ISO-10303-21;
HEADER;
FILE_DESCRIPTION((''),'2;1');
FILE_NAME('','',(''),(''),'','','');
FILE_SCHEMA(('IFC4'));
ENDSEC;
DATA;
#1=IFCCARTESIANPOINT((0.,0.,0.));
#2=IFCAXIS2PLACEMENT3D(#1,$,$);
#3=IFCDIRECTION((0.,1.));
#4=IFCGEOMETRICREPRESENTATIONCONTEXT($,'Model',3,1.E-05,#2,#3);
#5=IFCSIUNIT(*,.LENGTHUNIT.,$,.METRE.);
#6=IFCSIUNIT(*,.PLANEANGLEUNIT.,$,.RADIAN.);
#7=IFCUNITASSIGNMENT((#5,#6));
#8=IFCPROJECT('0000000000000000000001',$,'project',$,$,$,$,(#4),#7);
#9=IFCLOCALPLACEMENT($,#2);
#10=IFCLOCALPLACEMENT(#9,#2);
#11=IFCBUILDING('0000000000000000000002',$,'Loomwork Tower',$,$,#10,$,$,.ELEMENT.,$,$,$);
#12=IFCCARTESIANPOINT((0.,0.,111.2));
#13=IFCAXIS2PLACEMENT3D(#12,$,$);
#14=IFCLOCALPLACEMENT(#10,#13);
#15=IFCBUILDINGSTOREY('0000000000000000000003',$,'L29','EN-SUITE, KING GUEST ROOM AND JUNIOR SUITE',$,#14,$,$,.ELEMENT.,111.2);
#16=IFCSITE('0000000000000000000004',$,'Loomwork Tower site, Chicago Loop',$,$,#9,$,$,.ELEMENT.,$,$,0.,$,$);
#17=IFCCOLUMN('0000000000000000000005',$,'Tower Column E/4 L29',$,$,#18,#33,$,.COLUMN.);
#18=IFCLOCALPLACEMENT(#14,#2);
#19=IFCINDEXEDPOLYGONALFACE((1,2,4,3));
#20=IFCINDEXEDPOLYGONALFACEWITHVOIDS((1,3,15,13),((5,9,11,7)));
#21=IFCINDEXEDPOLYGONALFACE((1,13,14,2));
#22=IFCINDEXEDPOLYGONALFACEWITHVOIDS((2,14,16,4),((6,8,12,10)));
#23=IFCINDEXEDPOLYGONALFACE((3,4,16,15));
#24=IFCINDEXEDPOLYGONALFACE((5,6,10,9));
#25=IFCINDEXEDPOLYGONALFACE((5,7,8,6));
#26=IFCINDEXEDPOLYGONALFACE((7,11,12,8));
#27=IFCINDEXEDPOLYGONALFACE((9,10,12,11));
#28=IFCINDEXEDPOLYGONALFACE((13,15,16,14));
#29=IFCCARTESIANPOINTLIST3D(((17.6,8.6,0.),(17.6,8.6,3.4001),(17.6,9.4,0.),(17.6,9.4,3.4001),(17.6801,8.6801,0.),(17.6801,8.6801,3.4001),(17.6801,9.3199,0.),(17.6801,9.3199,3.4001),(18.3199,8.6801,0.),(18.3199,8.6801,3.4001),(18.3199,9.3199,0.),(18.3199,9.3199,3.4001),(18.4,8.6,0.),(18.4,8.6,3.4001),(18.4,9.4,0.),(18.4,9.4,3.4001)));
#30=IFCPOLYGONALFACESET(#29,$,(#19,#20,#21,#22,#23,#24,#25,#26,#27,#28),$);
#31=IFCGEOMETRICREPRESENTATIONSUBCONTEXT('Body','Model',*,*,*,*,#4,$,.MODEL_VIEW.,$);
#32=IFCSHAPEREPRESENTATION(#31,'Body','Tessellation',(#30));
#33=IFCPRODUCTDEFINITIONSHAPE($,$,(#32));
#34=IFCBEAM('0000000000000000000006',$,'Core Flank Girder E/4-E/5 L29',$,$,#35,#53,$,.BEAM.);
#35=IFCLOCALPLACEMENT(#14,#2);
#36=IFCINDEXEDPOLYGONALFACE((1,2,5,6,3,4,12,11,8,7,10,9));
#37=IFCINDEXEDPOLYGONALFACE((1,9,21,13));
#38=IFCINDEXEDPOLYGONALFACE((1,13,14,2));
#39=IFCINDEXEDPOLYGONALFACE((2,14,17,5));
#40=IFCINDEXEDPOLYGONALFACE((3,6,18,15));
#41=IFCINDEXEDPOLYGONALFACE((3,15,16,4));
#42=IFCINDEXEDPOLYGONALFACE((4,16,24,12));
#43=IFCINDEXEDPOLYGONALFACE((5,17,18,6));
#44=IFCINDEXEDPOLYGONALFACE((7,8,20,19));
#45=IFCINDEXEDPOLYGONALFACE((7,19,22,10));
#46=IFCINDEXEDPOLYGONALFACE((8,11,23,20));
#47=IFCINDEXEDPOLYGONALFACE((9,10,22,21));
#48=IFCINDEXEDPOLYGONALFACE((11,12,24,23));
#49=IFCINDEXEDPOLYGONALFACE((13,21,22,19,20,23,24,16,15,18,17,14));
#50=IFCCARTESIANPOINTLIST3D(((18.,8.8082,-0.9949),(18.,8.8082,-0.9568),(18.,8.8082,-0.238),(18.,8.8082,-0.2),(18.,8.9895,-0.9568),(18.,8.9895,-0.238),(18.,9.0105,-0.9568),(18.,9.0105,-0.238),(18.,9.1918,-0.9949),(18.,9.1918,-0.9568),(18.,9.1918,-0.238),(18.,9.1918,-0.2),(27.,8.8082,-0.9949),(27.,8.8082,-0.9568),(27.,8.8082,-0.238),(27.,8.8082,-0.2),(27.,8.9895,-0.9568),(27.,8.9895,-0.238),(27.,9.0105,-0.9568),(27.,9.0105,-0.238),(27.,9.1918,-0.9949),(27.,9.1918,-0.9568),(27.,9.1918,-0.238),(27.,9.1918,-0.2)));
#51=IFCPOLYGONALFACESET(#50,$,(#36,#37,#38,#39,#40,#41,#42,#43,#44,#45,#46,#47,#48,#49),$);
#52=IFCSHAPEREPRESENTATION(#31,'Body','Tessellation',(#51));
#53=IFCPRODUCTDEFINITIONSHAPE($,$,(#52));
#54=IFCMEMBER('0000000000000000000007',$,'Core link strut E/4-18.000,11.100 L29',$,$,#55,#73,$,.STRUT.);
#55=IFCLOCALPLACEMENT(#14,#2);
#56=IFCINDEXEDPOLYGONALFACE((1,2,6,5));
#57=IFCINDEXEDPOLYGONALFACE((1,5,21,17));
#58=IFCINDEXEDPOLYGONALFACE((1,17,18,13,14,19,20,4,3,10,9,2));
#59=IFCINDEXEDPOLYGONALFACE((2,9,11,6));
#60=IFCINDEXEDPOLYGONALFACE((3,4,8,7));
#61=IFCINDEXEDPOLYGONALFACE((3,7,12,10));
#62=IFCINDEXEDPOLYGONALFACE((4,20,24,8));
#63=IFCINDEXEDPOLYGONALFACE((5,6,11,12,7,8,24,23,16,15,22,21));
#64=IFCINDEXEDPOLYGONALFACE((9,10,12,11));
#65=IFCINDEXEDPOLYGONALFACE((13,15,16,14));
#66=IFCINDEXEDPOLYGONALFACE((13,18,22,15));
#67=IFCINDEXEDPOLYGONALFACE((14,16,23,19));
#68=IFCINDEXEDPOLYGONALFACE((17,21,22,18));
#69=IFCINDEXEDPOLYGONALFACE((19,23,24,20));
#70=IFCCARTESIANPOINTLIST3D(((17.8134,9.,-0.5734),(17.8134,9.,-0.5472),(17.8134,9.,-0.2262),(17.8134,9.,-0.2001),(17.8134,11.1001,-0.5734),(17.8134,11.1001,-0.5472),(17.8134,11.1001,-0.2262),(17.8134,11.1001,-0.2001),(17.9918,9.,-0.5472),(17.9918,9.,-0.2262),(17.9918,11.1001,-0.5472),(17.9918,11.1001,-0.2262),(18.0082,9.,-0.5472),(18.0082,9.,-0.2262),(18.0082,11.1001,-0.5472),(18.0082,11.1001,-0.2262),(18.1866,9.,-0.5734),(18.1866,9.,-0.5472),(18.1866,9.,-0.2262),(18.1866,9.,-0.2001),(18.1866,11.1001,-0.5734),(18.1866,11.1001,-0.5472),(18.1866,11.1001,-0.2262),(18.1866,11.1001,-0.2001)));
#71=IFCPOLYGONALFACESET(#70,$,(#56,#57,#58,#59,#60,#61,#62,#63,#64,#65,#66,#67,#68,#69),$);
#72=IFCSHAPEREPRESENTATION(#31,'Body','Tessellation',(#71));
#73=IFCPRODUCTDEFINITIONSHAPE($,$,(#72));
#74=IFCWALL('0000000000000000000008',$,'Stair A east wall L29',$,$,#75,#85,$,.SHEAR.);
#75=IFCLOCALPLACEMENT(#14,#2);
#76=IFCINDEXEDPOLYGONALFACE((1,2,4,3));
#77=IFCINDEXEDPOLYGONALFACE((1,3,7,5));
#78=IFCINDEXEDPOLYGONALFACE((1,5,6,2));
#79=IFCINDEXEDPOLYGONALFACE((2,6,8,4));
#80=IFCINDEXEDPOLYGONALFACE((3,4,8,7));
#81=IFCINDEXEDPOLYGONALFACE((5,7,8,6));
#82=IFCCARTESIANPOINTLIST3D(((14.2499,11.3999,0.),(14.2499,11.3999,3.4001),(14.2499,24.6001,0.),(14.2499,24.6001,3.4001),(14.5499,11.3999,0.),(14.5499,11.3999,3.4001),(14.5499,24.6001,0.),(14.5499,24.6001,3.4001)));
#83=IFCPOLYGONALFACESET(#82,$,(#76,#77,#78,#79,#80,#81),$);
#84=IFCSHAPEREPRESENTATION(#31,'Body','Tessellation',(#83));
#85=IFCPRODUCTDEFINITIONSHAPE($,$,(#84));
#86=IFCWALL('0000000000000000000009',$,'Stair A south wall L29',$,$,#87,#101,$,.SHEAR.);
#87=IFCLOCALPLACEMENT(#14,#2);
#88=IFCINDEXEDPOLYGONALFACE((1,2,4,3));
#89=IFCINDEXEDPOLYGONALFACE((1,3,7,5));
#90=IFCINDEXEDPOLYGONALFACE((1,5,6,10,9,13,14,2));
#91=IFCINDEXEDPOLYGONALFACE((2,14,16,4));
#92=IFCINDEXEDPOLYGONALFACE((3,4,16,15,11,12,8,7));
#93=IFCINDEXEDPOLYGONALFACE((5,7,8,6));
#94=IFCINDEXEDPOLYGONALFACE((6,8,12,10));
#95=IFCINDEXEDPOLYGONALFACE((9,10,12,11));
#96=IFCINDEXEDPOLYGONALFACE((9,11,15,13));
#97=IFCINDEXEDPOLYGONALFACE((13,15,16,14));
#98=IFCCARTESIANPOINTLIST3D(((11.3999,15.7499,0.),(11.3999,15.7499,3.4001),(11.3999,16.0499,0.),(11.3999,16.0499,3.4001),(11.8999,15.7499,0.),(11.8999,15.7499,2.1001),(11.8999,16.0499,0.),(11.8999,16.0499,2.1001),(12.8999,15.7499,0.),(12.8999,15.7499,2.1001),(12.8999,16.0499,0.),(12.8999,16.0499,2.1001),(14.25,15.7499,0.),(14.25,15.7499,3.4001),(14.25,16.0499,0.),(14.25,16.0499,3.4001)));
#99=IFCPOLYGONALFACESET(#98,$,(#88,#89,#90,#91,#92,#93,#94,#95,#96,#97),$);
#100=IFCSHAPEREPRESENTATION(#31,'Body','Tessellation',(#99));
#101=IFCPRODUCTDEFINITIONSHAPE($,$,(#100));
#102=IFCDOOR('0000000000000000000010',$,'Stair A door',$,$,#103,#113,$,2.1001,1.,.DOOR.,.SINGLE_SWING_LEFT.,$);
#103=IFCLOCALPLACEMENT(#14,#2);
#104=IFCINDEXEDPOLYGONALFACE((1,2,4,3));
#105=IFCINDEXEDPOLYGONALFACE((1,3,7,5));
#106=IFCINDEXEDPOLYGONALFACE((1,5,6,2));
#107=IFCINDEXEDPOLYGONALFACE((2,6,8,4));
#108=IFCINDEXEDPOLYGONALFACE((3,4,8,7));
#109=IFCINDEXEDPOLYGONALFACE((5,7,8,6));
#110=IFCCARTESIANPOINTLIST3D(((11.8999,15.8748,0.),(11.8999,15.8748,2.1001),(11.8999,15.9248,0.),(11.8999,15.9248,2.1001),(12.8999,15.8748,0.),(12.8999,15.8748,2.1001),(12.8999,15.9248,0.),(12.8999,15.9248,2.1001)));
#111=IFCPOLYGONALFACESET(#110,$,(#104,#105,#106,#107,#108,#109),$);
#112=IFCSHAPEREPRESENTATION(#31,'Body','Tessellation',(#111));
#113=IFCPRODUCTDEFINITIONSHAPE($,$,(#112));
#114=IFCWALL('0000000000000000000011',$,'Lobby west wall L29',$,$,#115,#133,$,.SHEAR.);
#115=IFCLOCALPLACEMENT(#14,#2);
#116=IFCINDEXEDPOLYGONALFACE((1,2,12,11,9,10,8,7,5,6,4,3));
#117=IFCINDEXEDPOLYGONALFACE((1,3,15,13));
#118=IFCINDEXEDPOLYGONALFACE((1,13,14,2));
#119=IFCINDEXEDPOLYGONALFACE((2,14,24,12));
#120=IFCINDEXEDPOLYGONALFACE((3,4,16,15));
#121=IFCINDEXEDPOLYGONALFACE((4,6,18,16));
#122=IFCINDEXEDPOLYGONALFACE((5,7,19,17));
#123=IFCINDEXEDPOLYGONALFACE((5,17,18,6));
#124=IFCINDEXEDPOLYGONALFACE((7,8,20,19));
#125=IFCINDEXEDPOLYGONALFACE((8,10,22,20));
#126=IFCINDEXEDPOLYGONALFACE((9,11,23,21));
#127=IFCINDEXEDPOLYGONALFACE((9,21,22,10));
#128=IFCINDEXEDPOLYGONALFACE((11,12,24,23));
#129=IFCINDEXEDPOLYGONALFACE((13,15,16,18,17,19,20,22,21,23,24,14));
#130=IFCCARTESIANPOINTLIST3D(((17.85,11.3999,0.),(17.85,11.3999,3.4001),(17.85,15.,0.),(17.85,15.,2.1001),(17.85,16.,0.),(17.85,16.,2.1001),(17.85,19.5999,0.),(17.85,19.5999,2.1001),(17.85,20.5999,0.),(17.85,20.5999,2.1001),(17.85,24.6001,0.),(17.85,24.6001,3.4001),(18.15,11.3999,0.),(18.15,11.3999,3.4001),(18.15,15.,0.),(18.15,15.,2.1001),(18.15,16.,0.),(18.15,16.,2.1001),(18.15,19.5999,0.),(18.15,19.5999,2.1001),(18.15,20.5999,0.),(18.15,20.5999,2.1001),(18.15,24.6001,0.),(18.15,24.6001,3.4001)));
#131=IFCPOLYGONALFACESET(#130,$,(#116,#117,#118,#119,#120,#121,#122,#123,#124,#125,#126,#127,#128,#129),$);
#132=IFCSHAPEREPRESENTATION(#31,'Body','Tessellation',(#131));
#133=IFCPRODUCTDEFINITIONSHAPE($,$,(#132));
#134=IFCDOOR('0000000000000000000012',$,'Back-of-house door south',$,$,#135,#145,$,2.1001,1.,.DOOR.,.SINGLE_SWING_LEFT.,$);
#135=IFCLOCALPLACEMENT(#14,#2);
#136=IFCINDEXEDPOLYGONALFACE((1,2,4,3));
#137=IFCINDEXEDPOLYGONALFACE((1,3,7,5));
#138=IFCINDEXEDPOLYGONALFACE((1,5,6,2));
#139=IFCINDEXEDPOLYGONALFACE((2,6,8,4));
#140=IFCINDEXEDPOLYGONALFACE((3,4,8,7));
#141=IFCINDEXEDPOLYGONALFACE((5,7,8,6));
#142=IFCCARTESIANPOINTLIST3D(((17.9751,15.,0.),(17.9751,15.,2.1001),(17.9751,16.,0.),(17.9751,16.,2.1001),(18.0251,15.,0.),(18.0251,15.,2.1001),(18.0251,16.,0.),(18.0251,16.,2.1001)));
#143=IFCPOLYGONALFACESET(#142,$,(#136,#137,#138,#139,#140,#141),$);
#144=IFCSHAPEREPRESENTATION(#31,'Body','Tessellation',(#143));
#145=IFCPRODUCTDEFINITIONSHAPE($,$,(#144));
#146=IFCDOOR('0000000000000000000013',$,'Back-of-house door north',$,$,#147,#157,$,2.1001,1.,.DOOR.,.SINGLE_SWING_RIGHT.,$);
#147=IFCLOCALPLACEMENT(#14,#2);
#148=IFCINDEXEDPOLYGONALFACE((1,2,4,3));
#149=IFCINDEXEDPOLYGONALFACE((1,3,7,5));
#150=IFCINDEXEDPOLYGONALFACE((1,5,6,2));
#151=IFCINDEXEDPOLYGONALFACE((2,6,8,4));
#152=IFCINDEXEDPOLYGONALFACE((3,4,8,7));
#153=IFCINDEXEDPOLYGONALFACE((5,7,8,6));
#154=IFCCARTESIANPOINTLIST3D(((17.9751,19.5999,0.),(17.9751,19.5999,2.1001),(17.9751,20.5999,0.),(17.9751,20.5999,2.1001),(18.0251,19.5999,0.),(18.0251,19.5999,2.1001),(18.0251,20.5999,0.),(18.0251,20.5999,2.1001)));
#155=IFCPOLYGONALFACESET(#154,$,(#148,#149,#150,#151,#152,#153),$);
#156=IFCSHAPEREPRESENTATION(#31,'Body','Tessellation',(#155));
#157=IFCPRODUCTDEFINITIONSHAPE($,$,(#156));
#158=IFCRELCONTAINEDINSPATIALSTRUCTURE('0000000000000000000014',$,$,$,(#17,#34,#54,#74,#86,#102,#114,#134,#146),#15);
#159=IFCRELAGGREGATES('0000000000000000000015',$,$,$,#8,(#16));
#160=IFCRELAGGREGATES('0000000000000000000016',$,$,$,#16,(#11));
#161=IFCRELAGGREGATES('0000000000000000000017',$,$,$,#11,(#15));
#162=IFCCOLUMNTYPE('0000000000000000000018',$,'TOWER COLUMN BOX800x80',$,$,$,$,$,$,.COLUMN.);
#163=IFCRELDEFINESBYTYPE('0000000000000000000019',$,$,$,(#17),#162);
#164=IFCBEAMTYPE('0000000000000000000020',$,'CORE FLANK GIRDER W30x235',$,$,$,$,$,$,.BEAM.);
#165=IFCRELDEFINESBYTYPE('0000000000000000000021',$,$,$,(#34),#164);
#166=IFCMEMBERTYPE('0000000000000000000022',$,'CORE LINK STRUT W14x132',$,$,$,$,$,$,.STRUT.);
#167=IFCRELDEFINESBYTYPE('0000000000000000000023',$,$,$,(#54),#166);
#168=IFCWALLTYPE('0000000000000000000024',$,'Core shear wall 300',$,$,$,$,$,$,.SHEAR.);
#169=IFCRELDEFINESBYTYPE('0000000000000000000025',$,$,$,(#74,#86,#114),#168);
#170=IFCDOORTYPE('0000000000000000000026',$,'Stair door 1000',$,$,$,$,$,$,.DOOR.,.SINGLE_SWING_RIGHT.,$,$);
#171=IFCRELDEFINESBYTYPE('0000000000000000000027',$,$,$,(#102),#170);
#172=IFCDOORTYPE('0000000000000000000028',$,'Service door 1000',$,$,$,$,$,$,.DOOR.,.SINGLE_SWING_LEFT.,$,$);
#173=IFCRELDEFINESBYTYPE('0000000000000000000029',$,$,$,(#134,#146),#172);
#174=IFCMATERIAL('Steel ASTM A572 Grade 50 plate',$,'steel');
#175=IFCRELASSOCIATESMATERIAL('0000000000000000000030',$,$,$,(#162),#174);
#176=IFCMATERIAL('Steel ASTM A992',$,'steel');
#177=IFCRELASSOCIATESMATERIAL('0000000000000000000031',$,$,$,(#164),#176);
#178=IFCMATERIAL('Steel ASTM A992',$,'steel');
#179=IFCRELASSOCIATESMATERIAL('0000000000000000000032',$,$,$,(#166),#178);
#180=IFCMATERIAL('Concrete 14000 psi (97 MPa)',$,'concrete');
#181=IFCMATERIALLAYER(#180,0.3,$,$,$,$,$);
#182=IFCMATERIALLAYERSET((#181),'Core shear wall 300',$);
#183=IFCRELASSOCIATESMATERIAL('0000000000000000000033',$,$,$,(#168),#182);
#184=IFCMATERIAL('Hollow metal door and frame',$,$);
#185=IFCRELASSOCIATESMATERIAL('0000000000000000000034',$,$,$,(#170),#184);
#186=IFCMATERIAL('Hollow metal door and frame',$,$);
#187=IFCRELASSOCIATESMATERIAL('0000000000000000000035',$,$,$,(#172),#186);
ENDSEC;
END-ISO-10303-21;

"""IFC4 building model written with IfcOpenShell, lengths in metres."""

from ifc_helpers import new_model, si_unit, direction, frame, frame_2d, origin, origin_2d, place, context, subcontext, project, spatial, rectangle, hollow_rectangle, i_section, extrude, material, layer, layer_set, material_profile, profile_set, type_object, element, fill, save


model = new_model("IFC4")

# Units and contexts
model_context = context("Model", 3, precision=1e-05, world=origin(), true_north=direction((0.0, 1.0)))
body_context = subcontext(model_context, "Body", "Model", "MODEL_VIEW")
ifc_project = project(units=[si_unit("LENGTHUNIT", "METRE"), si_unit("PLANEANGLEUNIT", "RADIAN")], contexts=[model_context])

# Site, building, storey
site_placement = place(None, origin())
site = spatial("IfcSite", under=ifc_project, at=site_placement, Name="Loomwork Tower site, Chicago Loop", CompositionType="ELEMENT", RefElevation=0.0)
building_placement = place(site_placement, origin())
building = spatial("IfcBuilding", under=site, at=building_placement, Name="Loomwork Tower", CompositionType="ELEMENT")
storey_placement = place(building_placement, frame((0.0, 0.0, 111.2)))
storey = spatial("IfcBuildingStorey", under=building, at=storey_placement, Name="L29", Description="EN-SUITE, KING GUEST ROOM AND JUNIOR SUITE", CompositionType="ELEMENT", Elevation=111.2)

# Column
ifc_material_1 = material(Name="Steel ASTM A572 Grade 50 plate", Category="steel")
ifc_material_profile_1 = material_profile(ifc_material_1, hollow_rectangle(XDim=0.8, YDim=0.8, WallThickness=0.0801, at=origin_2d()), Name="BOX800x80")
ifc_profile_set_1 = profile_set([ifc_material_profile_1], Name="Steel ASTM A572 Grade 50 plate")
column_type = type_object("IfcColumnType", Name="TOWER COLUMN BOX800x80", PredefinedType="COLUMN", material=ifc_profile_set_1)
column_placement = place(storey_placement, frame((18.0, 9.0, 0.0), z_axis=(0.0, 0.0, 1.0), x_axis=(1.0, 0.0, 0.0)))
element("IfcColumn", 1, at=column_placement, inside=storey, type_object=column_type, Name="Tower Column E/4 L29", PredefinedType="COLUMN", context=body_context, shape_type="SweptSolid", body=[
    extrude(hollow_rectangle(XDim=0.8, YDim=0.8, WallThickness=0.0801, at=origin_2d()), origin(), (0.0, 0.0, 1.0), 3.4001),
])

# Beam
ifc_material_2 = material(Name="Steel ASTM A992", Category="steel")
ifc_material_profile_2 = material_profile(ifc_material_2, i_section(OverallWidth=0.3835, OverallDepth=0.7949, WebThickness=0.021, FlangeThickness=0.0381, at=origin_2d()), Name="W30x235")
ifc_profile_set_2 = profile_set([ifc_material_profile_2], Name="Steel ASTM A992")
beam_type = type_object("IfcBeamType", Name="CORE FLANK GIRDER W30x235", PredefinedType="BEAM", material=ifc_profile_set_2)
beam_placement = place(storey_placement, frame((18.0, 9.0, -0.5974), z_axis=(1.0, 0.0, 0.0), x_axis=(0.0, 1.0, 0.0)))
element("IfcBeam", 2, at=beam_placement, inside=storey, type_object=beam_type, Name="Core Flank Girder E/4-E/5 L29", PredefinedType="BEAM", context=body_context, shape_type="SweptSolid", body=[
    extrude(i_section(OverallWidth=0.3835, OverallDepth=0.7949, WebThickness=0.021, FlangeThickness=0.0381, at=origin_2d()), origin(), (0.0, 0.0, 1.0), 9.0),
])

# Member
ifc_material_3 = material(Name="Steel ASTM A992", Category="steel")
ifc_material_profile_3 = material_profile(ifc_material_3, i_section(OverallWidth=0.3733, OverallDepth=0.3733, WebThickness=0.0164, FlangeThickness=0.0261, at=origin_2d()), Name="W14x132")
ifc_profile_set_3 = profile_set([ifc_material_profile_3], Name="Steel ASTM A992")
member_type = type_object("IfcMemberType", Name="CORE LINK STRUT W14x132", PredefinedType="STRUT", material=ifc_profile_set_3)
member_placement = place(storey_placement, frame((18.0, 9.0, -0.3867), z_axis=(0.0, 1.0, 0.0), x_axis=(-1.0, 0.0, 0.0)))
element("IfcMember", 3, at=member_placement, inside=storey, type_object=member_type, Name="Core link strut E/4-18.000,11.100 L29", PredefinedType="STRUT", context=body_context, shape_type="SweptSolid", body=[
    extrude(i_section(OverallWidth=0.3733, OverallDepth=0.3733, WebThickness=0.0164, FlangeThickness=0.0261, at=origin_2d()), origin(), (0.0, 0.0, 1.0), 2.1001),
])

# Wall
ifc_material_4 = material(Name="Concrete 14000 psi (97 MPa)", Category="concrete")
ifc_layer_1 = layer(ifc_material_4, 0.3)
ifc_layer_set_1 = layer_set([ifc_layer_1], Name="Core shear wall 300")
wall_type_1 = type_object("IfcWallType", Name="Core shear wall 300", PredefinedType="SHEAR", material=ifc_layer_set_1)
wall_1_placement = place(storey_placement, frame((14.3999, 11.3999, 0.0), z_axis=(0.0, 0.0, 1.0), x_axis=(0.0, 1.0, 0.0)))
element("IfcWall", 4, at=wall_1_placement, inside=storey, type_object=wall_type_1, Name="Stair A east wall L29", PredefinedType="SHEAR", context=body_context, shape_type="SweptSolid", body=[
    extrude(rectangle(XDim=13.2002, YDim=0.3, at=frame_2d((6.6001, 0.0))), origin(), (0.0, 0.0, 1.0), 3.4001),
])

# Wall, opening, door
wall_2_placement = place(storey_placement, frame((11.3999, 15.8999, 0.0), z_axis=(0.0, 0.0, 1.0), x_axis=(1.0, 0.0, 0.0)))
wall_2 = element("IfcWall", 5, at=wall_2_placement, inside=storey, type_object=wall_type_1, Name="Stair A south wall L29", PredefinedType="SHEAR", context=body_context, shape_type="SweptSolid", body=[
    extrude(rectangle(XDim=2.8501, YDim=0.3, at=frame_2d((1.425, 0.0))), origin(), (0.0, 0.0, 1.0), 3.4001),
])
opening_1_placement = place(wall_2_placement, frame((0.5, 0.0, 0.0)))
opening_1 = element("IfcOpeningElement", 6, at=opening_1_placement, cuts=wall_2, PredefinedType="OPENING", context=body_context, shape_type="SweptSolid", body=[
    extrude(rectangle(XDim=1.0, YDim=2.1001, at=frame_2d((0.5, 1.05))), frame((0.0, 0.1599, 0.0), z_axis=(0.0, -1.0, 0.0), x_axis=(1.0, 0.0, 0.0)), (0.0, 0.0, 1.0), 0.3201),
])
ifc_material_5 = material(Name="Hollow metal door and frame")
door_type_1 = type_object("IfcDoorType", Name="Stair door 1000", OperationType="SINGLE_SWING_RIGHT", PredefinedType="DOOR", material=ifc_material_5)
door_1_placement = place(opening_1_placement, origin())
door_1 = element("IfcDoor", 7, at=door_1_placement, inside=storey, type_object=door_type_1, Name="Stair A door", OperationType="SINGLE_SWING_LEFT", OverallHeight=2.1001, OverallWidth=1.0, PredefinedType="DOOR", context=body_context, shape_type="SweptSolid", body=[
    extrude(rectangle(XDim=1.0, YDim=2.1001, at=frame_2d((0.5, 1.05))), frame((0.0, 0.0249, 0.0), z_axis=(0.0, -1.0, 0.0), x_axis=(1.0, 0.0, 0.0)), (0.0, 0.0, 1.0), 0.05),
])
fill(opening_1, door_1)

# Wall, openings, doors
wall_3_placement = place(storey_placement, frame((18.0, 11.3999, 0.0), z_axis=(0.0, 0.0, 1.0), x_axis=(0.0, 1.0, 0.0)))
wall_3 = element("IfcWall", 8, at=wall_3_placement, inside=storey, type_object=wall_type_1, Name="Lobby west wall L29", PredefinedType="SHEAR", context=body_context, shape_type="SweptSolid", body=[
    extrude(rectangle(XDim=13.2002, YDim=0.3, at=frame_2d((6.6001, 0.0))), origin(), (0.0, 0.0, 1.0), 3.4001),
])
opening_2_placement = place(wall_3_placement, frame((3.6001, 0.0, 0.0)))
opening_2 = element("IfcOpeningElement", 9, at=opening_2_placement, cuts=wall_3, PredefinedType="OPENING", context=body_context, shape_type="SweptSolid", body=[
    extrude(rectangle(XDim=1.0, YDim=2.1001, at=frame_2d((0.5, 1.05))), frame((0.0, 0.1599, 0.0), z_axis=(0.0, -1.0, 0.0), x_axis=(1.0, 0.0, 0.0)), (0.0, 0.0, 1.0), 0.3201),
])
opening_3_placement = place(wall_3_placement, frame((8.2, 0.0, 0.0)))
opening_3 = element("IfcOpeningElement", 10, at=opening_3_placement, cuts=wall_3, PredefinedType="OPENING", context=body_context, shape_type="SweptSolid", body=[
    extrude(rectangle(XDim=1.0, YDim=2.1001, at=frame_2d((0.5, 1.05))), frame((0.0, 0.1599, 0.0), z_axis=(0.0, -1.0, 0.0), x_axis=(1.0, 0.0, 0.0)), (0.0, 0.0, 1.0), 0.3201),
])
ifc_material_6 = material(Name="Hollow metal door and frame")
door_type_2 = type_object("IfcDoorType", Name="Service door 1000", OperationType="SINGLE_SWING_LEFT", PredefinedType="DOOR", material=ifc_material_6)
door_2_placement = place(opening_2_placement, origin())
door_2 = element("IfcDoor", 11, at=door_2_placement, inside=storey, type_object=door_type_2, Name="Back-of-house door south", OperationType="SINGLE_SWING_LEFT", OverallHeight=2.1001, OverallWidth=1.0, PredefinedType="DOOR", context=body_context, shape_type="SweptSolid", body=[
    extrude(rectangle(XDim=1.0, YDim=2.1001, at=frame_2d((0.5, 1.05))), frame((0.0, 0.0249, 0.0), z_axis=(0.0, -1.0, 0.0), x_axis=(1.0, 0.0, 0.0)), (0.0, 0.0, 1.0), 0.05),
])
fill(opening_2, door_2)
door_3_placement = place(opening_3_placement, origin())
door_3 = element("IfcDoor", 12, at=door_3_placement, inside=storey, type_object=door_type_2, Name="Back-of-house door north", OperationType="SINGLE_SWING_RIGHT", OverallHeight=2.1001, OverallWidth=1.0, PredefinedType="DOOR", context=body_context, shape_type="SweptSolid", body=[
    extrude(rectangle(XDim=1.0, YDim=2.1001, at=frame_2d((0.5, 1.05))), frame((0.0, 0.0249, 0.0), z_axis=(0.0, -1.0, 0.0), x_axis=(1.0, 0.0, 0.0)), (0.0, 0.0, 1.0), 0.05),
])
fill(opening_3, door_3)

save(model, "model.ifc")
